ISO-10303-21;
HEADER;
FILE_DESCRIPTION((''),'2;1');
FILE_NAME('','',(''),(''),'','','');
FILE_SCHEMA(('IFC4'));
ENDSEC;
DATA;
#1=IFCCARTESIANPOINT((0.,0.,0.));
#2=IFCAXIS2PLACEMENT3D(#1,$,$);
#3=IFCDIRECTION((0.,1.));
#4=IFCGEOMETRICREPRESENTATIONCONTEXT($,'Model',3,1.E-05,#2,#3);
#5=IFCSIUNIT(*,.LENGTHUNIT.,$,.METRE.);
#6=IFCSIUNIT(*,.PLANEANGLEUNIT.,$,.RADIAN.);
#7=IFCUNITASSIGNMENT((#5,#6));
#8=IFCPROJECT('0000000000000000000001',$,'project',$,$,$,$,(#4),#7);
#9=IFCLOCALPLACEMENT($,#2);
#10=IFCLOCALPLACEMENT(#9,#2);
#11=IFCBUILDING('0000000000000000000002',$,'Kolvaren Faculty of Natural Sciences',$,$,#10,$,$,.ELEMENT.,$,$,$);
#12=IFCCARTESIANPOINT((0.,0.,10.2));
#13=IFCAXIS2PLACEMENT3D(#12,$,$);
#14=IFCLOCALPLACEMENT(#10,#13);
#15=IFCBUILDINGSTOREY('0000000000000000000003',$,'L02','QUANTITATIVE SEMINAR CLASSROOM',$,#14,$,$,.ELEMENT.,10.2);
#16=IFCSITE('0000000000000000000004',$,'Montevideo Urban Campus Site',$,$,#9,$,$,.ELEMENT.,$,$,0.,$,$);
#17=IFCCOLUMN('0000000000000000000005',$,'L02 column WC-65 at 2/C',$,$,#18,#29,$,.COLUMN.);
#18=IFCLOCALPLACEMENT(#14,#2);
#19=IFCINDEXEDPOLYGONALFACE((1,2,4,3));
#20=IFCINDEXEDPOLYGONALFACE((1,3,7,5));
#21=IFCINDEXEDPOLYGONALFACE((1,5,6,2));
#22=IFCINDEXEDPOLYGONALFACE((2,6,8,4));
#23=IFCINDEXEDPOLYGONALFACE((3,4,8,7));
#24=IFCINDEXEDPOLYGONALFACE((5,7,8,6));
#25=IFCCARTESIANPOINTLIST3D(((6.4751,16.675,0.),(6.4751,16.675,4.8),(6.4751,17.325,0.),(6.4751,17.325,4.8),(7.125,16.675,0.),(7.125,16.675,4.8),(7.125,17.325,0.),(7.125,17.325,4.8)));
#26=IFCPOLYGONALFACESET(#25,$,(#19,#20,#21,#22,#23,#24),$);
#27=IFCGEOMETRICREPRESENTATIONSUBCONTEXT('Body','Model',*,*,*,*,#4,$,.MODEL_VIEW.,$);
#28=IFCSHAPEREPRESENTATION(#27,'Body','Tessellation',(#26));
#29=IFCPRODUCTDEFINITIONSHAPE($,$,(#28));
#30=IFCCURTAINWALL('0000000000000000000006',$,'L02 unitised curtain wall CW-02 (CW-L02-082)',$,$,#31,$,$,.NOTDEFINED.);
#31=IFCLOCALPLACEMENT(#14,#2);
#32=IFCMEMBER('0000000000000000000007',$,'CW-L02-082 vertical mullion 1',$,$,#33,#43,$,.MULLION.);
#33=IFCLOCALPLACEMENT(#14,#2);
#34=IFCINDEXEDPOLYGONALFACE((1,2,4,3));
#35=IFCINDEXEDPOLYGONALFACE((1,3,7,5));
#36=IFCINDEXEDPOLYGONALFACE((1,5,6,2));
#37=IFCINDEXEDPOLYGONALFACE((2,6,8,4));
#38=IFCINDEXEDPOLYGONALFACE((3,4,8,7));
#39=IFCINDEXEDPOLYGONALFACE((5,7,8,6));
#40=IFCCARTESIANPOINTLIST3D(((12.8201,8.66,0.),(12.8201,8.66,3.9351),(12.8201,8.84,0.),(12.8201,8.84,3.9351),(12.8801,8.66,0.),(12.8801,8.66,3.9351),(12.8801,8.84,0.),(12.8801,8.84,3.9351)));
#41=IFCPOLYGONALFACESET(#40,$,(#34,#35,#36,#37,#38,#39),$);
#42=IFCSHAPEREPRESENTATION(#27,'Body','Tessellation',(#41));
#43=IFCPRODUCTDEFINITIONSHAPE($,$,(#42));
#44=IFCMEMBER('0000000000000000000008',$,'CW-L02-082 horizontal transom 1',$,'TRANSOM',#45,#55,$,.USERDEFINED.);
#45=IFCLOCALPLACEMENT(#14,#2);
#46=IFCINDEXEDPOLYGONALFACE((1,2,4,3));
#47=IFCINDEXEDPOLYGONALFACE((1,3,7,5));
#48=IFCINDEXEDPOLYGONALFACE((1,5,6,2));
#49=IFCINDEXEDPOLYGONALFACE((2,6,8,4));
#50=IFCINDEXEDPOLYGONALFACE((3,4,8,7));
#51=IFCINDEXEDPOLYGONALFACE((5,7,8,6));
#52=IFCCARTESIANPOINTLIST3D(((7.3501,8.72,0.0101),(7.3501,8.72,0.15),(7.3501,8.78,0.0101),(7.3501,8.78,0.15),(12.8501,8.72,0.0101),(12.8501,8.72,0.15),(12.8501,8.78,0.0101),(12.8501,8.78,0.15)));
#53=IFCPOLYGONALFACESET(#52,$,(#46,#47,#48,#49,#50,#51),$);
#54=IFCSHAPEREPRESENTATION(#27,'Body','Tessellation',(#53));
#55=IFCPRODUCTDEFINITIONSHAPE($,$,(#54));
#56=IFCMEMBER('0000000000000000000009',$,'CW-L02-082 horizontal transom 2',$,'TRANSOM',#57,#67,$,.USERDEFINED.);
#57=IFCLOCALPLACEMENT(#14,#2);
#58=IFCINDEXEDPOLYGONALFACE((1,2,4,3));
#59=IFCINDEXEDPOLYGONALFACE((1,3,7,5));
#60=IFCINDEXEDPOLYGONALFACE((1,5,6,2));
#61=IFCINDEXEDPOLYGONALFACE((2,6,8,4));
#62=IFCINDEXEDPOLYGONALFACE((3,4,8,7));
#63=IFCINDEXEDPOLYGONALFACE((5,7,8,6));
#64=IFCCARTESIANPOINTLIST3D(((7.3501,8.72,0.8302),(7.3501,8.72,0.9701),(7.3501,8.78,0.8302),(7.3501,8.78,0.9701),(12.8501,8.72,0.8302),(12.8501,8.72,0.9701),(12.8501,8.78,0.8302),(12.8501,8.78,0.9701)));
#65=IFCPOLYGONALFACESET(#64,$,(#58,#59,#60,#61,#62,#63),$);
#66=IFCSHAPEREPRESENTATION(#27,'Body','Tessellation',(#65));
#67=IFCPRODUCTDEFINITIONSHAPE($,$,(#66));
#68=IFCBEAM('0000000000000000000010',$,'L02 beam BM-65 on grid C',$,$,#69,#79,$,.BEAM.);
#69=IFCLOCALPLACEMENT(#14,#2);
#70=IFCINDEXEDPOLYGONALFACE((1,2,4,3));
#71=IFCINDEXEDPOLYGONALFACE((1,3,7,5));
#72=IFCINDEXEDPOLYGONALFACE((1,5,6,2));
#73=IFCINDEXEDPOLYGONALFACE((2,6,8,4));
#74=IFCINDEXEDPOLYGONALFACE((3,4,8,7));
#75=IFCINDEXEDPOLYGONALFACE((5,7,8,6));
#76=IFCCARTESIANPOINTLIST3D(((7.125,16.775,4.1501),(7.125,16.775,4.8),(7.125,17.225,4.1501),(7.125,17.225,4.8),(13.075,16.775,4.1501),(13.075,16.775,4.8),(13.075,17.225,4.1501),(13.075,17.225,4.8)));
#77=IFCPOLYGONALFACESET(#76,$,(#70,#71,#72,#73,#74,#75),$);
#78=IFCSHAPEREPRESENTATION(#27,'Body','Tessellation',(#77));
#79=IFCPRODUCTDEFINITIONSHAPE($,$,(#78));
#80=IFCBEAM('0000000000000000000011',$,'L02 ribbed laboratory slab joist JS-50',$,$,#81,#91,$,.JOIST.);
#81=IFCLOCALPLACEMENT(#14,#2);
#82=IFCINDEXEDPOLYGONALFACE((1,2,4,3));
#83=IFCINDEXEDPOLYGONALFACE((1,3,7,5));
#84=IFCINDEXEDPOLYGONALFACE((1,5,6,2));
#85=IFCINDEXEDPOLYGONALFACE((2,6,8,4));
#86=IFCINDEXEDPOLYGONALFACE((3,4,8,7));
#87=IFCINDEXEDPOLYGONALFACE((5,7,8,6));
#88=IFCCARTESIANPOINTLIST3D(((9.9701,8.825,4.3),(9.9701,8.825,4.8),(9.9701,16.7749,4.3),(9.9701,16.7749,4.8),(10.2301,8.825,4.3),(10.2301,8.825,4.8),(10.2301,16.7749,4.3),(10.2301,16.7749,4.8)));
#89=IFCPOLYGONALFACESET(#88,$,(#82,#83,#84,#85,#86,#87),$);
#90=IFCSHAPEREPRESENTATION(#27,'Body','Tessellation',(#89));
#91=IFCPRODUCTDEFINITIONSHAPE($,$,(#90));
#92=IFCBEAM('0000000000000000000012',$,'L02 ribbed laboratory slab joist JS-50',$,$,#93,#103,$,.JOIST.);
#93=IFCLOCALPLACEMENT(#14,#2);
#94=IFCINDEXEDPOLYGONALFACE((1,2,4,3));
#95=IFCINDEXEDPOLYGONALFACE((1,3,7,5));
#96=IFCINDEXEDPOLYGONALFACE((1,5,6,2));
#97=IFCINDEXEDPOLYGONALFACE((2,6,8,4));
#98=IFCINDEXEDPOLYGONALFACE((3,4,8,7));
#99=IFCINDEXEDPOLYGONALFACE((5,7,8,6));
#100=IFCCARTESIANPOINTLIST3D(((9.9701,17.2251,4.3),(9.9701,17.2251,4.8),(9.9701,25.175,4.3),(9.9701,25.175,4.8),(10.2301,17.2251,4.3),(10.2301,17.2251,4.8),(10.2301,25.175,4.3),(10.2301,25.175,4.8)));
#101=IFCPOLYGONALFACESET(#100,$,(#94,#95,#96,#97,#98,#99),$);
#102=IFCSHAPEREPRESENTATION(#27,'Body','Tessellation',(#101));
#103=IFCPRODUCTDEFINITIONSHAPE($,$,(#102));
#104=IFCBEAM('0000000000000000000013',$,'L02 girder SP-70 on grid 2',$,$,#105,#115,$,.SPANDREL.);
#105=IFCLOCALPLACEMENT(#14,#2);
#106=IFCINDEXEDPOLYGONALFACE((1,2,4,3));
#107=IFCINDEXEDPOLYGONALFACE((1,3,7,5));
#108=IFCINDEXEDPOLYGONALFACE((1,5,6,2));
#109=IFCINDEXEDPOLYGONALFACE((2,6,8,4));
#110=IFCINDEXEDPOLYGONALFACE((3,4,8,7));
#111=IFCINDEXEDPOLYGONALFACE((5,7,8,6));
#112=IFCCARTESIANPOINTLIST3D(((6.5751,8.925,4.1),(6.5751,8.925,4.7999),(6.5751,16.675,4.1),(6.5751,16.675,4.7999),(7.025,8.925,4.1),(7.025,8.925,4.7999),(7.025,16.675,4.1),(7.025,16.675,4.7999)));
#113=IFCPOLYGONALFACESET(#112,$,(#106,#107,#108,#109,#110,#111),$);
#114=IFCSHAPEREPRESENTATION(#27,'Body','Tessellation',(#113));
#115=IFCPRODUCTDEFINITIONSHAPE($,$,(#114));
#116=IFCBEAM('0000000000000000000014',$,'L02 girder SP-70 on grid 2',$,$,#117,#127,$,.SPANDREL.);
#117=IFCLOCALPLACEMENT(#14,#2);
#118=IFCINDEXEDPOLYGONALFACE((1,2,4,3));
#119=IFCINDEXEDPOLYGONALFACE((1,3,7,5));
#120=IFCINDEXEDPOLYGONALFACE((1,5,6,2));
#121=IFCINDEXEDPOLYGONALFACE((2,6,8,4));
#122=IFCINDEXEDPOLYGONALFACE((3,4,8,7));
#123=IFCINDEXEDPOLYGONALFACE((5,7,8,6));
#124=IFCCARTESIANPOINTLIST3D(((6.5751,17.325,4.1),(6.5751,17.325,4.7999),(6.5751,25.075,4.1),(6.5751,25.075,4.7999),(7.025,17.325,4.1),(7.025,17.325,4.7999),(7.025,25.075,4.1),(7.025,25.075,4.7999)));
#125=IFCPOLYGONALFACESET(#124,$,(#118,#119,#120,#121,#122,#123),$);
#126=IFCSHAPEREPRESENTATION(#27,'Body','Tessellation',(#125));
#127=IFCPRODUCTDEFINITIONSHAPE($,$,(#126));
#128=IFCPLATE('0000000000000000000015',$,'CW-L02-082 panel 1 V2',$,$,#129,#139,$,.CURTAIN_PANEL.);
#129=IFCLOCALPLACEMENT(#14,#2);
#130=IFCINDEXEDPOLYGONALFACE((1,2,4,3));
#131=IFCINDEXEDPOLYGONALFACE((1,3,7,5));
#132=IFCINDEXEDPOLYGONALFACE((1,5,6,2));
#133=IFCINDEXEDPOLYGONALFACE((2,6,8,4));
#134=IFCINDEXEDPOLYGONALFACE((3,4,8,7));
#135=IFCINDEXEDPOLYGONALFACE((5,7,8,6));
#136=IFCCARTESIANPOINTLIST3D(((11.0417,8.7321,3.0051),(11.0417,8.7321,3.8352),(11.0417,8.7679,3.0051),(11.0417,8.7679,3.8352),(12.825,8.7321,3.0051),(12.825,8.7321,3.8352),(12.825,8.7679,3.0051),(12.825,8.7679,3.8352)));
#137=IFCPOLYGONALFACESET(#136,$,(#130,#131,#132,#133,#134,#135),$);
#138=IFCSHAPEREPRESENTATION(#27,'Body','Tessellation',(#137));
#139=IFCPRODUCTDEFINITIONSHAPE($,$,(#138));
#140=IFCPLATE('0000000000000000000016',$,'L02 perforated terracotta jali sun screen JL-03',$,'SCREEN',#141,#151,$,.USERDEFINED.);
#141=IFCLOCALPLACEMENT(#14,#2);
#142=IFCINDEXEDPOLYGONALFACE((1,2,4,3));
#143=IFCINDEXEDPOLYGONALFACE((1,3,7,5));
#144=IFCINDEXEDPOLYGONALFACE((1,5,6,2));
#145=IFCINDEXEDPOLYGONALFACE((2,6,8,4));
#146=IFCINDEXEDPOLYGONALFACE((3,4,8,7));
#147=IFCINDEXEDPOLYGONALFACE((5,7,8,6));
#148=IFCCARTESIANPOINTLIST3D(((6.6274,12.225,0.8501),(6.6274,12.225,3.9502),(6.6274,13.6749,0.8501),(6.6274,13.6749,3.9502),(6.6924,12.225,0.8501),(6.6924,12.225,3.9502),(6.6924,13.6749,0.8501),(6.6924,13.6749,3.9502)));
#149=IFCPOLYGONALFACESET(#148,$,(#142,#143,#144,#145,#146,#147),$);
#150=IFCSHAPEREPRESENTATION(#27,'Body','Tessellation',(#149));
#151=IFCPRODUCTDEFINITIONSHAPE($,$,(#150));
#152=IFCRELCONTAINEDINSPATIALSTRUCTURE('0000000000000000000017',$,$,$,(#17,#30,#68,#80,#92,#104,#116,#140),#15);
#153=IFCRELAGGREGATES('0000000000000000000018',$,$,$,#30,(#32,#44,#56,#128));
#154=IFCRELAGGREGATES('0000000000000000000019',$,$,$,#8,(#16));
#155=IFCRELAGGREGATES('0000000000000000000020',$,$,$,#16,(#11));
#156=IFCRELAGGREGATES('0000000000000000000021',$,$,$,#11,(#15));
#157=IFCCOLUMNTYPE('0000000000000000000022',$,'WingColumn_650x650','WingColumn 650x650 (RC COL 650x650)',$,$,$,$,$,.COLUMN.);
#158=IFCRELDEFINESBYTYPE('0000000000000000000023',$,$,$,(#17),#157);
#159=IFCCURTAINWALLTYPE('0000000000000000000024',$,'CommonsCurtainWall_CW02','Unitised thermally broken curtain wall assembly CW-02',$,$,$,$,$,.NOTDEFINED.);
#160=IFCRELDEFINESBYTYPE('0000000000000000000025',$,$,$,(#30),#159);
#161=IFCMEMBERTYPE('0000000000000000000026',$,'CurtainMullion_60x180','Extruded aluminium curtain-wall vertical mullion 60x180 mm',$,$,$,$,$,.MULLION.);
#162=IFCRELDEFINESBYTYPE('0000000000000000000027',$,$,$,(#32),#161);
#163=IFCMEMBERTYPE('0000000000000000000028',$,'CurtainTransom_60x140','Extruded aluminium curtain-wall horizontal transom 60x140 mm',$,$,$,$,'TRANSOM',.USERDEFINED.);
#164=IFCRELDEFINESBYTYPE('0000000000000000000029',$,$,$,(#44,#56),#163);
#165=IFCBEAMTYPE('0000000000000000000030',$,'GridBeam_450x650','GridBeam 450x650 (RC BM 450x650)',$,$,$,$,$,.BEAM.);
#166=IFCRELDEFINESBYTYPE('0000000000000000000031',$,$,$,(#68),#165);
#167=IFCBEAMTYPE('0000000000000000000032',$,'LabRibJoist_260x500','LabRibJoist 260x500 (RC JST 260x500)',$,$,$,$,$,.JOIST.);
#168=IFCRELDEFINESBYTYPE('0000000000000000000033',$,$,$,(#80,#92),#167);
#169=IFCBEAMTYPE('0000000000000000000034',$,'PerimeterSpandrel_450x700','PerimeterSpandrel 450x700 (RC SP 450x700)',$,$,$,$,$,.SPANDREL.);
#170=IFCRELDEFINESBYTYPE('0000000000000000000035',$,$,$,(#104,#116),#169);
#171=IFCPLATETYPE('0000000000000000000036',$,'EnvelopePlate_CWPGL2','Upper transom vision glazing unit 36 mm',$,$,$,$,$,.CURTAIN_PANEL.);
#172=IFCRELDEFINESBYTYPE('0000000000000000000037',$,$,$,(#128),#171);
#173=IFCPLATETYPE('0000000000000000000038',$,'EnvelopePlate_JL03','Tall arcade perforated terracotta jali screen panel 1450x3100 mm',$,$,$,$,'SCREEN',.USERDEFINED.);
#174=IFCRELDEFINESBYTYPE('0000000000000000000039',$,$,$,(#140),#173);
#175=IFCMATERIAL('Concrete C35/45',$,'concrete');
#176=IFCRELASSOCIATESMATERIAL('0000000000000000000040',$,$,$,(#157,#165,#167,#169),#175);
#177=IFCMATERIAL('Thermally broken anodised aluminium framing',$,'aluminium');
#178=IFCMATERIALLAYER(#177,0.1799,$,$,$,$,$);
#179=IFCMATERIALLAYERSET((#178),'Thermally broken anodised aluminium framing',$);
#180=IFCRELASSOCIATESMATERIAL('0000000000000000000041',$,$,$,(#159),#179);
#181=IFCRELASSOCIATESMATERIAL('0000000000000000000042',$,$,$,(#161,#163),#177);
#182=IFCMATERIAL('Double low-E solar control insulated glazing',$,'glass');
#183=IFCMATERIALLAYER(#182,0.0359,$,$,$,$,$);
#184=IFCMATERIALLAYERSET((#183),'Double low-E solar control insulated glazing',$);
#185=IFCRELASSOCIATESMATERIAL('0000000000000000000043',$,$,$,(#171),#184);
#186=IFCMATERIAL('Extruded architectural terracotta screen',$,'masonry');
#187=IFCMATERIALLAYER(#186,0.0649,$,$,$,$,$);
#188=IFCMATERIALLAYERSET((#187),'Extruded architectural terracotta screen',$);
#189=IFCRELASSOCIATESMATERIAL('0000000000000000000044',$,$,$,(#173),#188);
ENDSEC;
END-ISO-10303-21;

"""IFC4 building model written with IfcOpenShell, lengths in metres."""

from ifc_helpers import new_model, si_unit, direction, frame, origin, origin_2d, place, context, subcontext, project, spatial, rectangle, extrude, material, layer, layer_set, material_profile, profile_set, type_object, element, aggregate, save


model = new_model("IFC4")

# Units and contexts
model_context = context("Model", 3, precision=1e-05, world=origin(), true_north=direction((0.0, 1.0)))
body_context = subcontext(model_context, "Body", "Model", "MODEL_VIEW")
ifc_project = project(units=[si_unit("LENGTHUNIT", "METRE"), si_unit("PLANEANGLEUNIT", "RADIAN")], contexts=[model_context])

# Site, building, storey
site_placement = place(None, origin())
site = spatial("IfcSite", under=ifc_project, at=site_placement, Name="Montevideo Urban Campus Site", CompositionType="ELEMENT", RefElevation=0.0)
building_placement = place(site_placement, origin())
building = spatial("IfcBuilding", under=site, at=building_placement, Name="Kolvaren Faculty of Natural Sciences", CompositionType="ELEMENT")
storey_placement = place(building_placement, frame((0.0, 0.0, 10.2)))
storey = spatial("IfcBuildingStorey", under=building, at=storey_placement, Name="L02", Description="QUANTITATIVE SEMINAR CLASSROOM", CompositionType="ELEMENT", Elevation=10.2)

# Column
ifc_material_1 = material(Name="Concrete C35/45", Category="concrete")
ifc_material_profile_1 = material_profile(ifc_material_1, rectangle(XDim=0.6499, YDim=0.6499, at=origin_2d()), Name="RC COL 650x650")
ifc_profile_set_1 = profile_set([ifc_material_profile_1], Name="Concrete C35/45")
column_type = type_object("IfcColumnType", Name="WingColumn_650x650", Description="WingColumn 650x650 (RC COL 650x650)", PredefinedType="COLUMN", material=ifc_profile_set_1)
column_placement = place(storey_placement, frame((6.8, 17.0, 0.0), z_axis=(0.0, 0.0, 1.0), x_axis=(1.0, 0.0, 0.0)))
element("IfcColumn", 1, at=column_placement, inside=storey, type_object=column_type, Name="L02 column WC-65 at 2/C", PredefinedType="COLUMN", context=body_context, shape_type="SweptSolid", body=[
    extrude(rectangle(XDim=0.6499, YDim=0.6499, at=origin_2d()), origin(), (0.0, 0.0, 1.0), 4.8),
])

# Curtain wall, members
ifc_material_2 = material(Name="Thermally broken anodised aluminium framing", Category="aluminium")
ifc_layer_1 = layer(ifc_material_2, 0.1799)
ifc_layer_set_1 = layer_set([ifc_layer_1], Name="Thermally broken anodised aluminium framing")
curtain_wall_type = type_object("IfcCurtainWallType", Name="CommonsCurtainWall_CW02", Description="Unitised thermally broken curtain wall assembly CW-02", PredefinedType="NOTDEFINED", material=ifc_layer_set_1)
curtain_wall_placement = place(storey_placement, origin())
curtain_wall = element("IfcCurtainWall", 2, at=curtain_wall_placement, inside=storey, type_object=curtain_wall_type, Name="L02 unitised curtain wall CW-02 (CW-L02-082)", PredefinedType="NOTDEFINED")
ifc_material_profile_2 = material_profile(ifc_material_2, rectangle(XDim=0.0601, YDim=0.1799, at=origin_2d()), Name="ALU MUL 60x180")
ifc_profile_set_2 = profile_set([ifc_material_profile_2], Name="Thermally broken anodised aluminium framing")
member_type_1 = type_object("IfcMemberType", Name="CurtainMullion_60x180", Description="Extruded aluminium curtain-wall vertical mullion 60x180 mm", PredefinedType="MULLION", material=ifc_profile_set_2)
member_1_placement = place(storey_placement, frame((12.8501, 8.75, 0.0), z_axis=(0.0, 0.0, 1.0), x_axis=(-1.0, 0.0, 0.0)))
member_1 = element("IfcMember", 3, at=member_1_placement, type_object=member_type_1, Name="CW-L02-082 vertical mullion 1", PredefinedType="MULLION", context=body_context, shape_type="SweptSolid", body=[
    extrude(rectangle(XDim=0.0601, YDim=0.1799, at=origin_2d()), origin(), (0.0, 0.0, 1.0), 3.9351),
])
ifc_material_profile_3 = material_profile(ifc_material_2, rectangle(XDim=0.0601, YDim=0.1399, at=origin_2d()), Name="ALU TRN 60x140")
ifc_profile_set_3 = profile_set([ifc_material_profile_3], Name="Thermally broken anodised aluminium framing")
member_type_2 = type_object("IfcMemberType", Name="CurtainTransom_60x140", Description="Extruded aluminium curtain-wall horizontal transom 60x140 mm", ElementType="TRANSOM", PredefinedType="USERDEFINED", material=ifc_profile_set_3)
member_2_placement = place(storey_placement, frame((12.8501, 8.75, 0.0801), z_axis=(-1.0, 0.0, 0.0), x_axis=(0.0, -1.0, 0.0)))
member_2 = element("IfcMember", 4, at=member_2_placement, type_object=member_type_2, Name="CW-L02-082 horizontal transom 1", ObjectType="TRANSOM", PredefinedType="USERDEFINED", context=body_context, shape_type="SweptSolid", body=[
    extrude(rectangle(XDim=0.0601, YDim=0.1399, at=origin_2d()), origin(), (0.0, 0.0, 1.0), 5.5),
])
member_3_placement = place(storey_placement, frame((12.8501, 8.75, 0.9001), z_axis=(-1.0, 0.0, 0.0), x_axis=(0.0, -1.0, 0.0)))
member_3 = element("IfcMember", 5, at=member_3_placement, type_object=member_type_2, Name="CW-L02-082 horizontal transom 2", ObjectType="TRANSOM", PredefinedType="USERDEFINED", context=body_context, shape_type="SweptSolid", body=[
    extrude(rectangle(XDim=0.0601, YDim=0.1399, at=origin_2d()), origin(), (0.0, 0.0, 1.0), 5.5),
])

# Beams
ifc_material_profile_4 = material_profile(ifc_material_1, rectangle(XDim=0.45, YDim=0.6499, at=origin_2d()), Name="RC BM 450x650")
ifc_profile_set_4 = profile_set([ifc_material_profile_4], Name="Concrete C35/45")
beam_type_1 = type_object("IfcBeamType", Name="GridBeam_450x650", Description="GridBeam 450x650 (RC BM 450x650)", PredefinedType="BEAM", material=ifc_profile_set_4)
beam_placement = place(storey_placement, frame((7.125, 17.0, 4.4751), z_axis=(1.0, 0.0, 0.0), x_axis=(0.0, 1.0, 0.0)))
element("IfcBeam", 6, at=beam_placement, inside=storey, type_object=beam_type_1, Name="L02 beam BM-65 on grid C", PredefinedType="BEAM", context=body_context, shape_type="SweptSolid", body=[
    extrude(rectangle(XDim=0.45, YDim=0.6499, at=origin_2d()), origin(), (0.0, 0.0, 1.0), 5.95),
])
ifc_material_profile_5 = material_profile(ifc_material_1, rectangle(XDim=0.26, YDim=0.5, at=origin_2d()), Name="RC JST 260x500")
ifc_profile_set_5 = profile_set([ifc_material_profile_5], Name="Concrete C35/45")
beam_type_2 = type_object("IfcBeamType", Name="LabRibJoist_260x500", Description="LabRibJoist 260x500 (RC JST 260x500)", PredefinedType="JOIST", material=ifc_profile_set_5)
for number, where, z_axis, x_axis, name in (
    (7, (10.1001, 8.825, 4.55), (0.0, 1.0, 0.0), (-1.0, 0.0, 0.0), "L02 ribbed laboratory slab joist JS-50"),
    (8, (10.1001, 17.2251, 4.55), (0.0, 1.0, 0.0), (-1.0, 0.0, 0.0), "L02 ribbed laboratory slab joist JS-50"),
):
    element("IfcBeam", number, at=place(storey_placement, frame(where, z_axis=z_axis, x_axis=x_axis)), inside=storey, type_object=beam_type_2, Name=name, PredefinedType="JOIST", context=body_context, shape_type="SweptSolid", body=[
        extrude(rectangle(XDim=0.26, YDim=0.5, at=origin_2d()), origin(), (0.0, 0.0, 1.0), 7.95),
    ])
ifc_material_profile_6 = material_profile(ifc_material_1, rectangle(XDim=0.45, YDim=0.7, at=origin_2d()), Name="RC SP 450x700")
ifc_profile_set_6 = profile_set([ifc_material_profile_6], Name="Concrete C35/45")
beam_type_3 = type_object("IfcBeamType", Name="PerimeterSpandrel_450x700", Description="PerimeterSpandrel 450x700 (RC SP 450x700)", PredefinedType="SPANDREL", material=ifc_profile_set_6)
for number, where, z_axis, x_axis, name in (
    (9, (6.8, 8.925, 4.45), (0.0, 1.0, 0.0), (-1.0, 0.0, 0.0), "L02 girder SP-70 on grid 2"),
    (10, (6.8, 17.325, 4.45), (0.0, 1.0, 0.0), (-1.0, 0.0, 0.0), "L02 girder SP-70 on grid 2"),
):
    element("IfcBeam", number, at=place(storey_placement, frame(where, z_axis=z_axis, x_axis=x_axis)), inside=storey, type_object=beam_type_3, Name=name, PredefinedType="SPANDREL", context=body_context, shape_type="SweptSolid", body=[
        extrude(rectangle(XDim=0.45, YDim=0.7, at=origin_2d()), origin(), (0.0, 0.0, 1.0), 7.75),
    ])

# Plates
ifc_material_3 = material(Name="Double low-E solar control insulated glazing", Category="glass")
ifc_layer_2 = layer(ifc_material_3, 0.0359)
ifc_layer_set_2 = layer_set([ifc_layer_2], Name="Double low-E solar control insulated glazing")
plate_type_1 = type_object("IfcPlateType", Name="EnvelopePlate_CWPGL2", Description="Upper transom vision glazing unit 36 mm", PredefinedType="CURTAIN_PANEL", material=ifc_layer_set_2)
plate_1_placement = place(storey_placement, frame((11.9333, 8.75, 3.0051), z_axis=(0.0, 0.0, 1.0), x_axis=(-1.0, 0.0, 0.0)))
plate_1 = element("IfcPlate", 11, at=plate_1_placement, type_object=plate_type_1, Name="CW-L02-082 panel 1 V2", PredefinedType="CURTAIN_PANEL", context=body_context, shape_type="SweptSolid", body=[
    extrude(rectangle(XDim=1.7832, YDim=0.0359, at=origin_2d()), origin(), (0.0, 0.0, 1.0), 0.8301),
])
aggregate(curtain_wall, [member_1, member_2, member_3, plate_1])
ifc_material_4 = material(Name="Extruded architectural terracotta screen", Category="masonry")
ifc_layer_3 = layer(ifc_material_4, 0.0649)
ifc_layer_set_3 = layer_set([ifc_layer_3], Name="Extruded architectural terracotta screen")
plate_type_2 = type_object("IfcPlateType", Name="EnvelopePlate_JL03", Description="Tall arcade perforated terracotta jali screen panel 1450x3100 mm", ElementType="SCREEN", PredefinedType="USERDEFINED", material=ifc_layer_set_3)
plate_2_placement = place(storey_placement, frame((6.6599, 12.95, 0.8501), z_axis=(0.0, 0.0, 1.0), x_axis=(0.0, 1.0, 0.0)))
element("IfcPlate", 12, at=plate_2_placement, inside=storey, type_object=plate_type_2, Name="L02 perforated terracotta jali sun screen JL-03", ObjectType="SCREEN", PredefinedType="USERDEFINED", context=body_context, shape_type="SweptSolid", body=[
    extrude(rectangle(XDim=1.45, YDim=0.0649, at=origin_2d()), origin(), (0.0, 0.0, 1.0), 3.1001),
])

save(model, "model.ifc")
